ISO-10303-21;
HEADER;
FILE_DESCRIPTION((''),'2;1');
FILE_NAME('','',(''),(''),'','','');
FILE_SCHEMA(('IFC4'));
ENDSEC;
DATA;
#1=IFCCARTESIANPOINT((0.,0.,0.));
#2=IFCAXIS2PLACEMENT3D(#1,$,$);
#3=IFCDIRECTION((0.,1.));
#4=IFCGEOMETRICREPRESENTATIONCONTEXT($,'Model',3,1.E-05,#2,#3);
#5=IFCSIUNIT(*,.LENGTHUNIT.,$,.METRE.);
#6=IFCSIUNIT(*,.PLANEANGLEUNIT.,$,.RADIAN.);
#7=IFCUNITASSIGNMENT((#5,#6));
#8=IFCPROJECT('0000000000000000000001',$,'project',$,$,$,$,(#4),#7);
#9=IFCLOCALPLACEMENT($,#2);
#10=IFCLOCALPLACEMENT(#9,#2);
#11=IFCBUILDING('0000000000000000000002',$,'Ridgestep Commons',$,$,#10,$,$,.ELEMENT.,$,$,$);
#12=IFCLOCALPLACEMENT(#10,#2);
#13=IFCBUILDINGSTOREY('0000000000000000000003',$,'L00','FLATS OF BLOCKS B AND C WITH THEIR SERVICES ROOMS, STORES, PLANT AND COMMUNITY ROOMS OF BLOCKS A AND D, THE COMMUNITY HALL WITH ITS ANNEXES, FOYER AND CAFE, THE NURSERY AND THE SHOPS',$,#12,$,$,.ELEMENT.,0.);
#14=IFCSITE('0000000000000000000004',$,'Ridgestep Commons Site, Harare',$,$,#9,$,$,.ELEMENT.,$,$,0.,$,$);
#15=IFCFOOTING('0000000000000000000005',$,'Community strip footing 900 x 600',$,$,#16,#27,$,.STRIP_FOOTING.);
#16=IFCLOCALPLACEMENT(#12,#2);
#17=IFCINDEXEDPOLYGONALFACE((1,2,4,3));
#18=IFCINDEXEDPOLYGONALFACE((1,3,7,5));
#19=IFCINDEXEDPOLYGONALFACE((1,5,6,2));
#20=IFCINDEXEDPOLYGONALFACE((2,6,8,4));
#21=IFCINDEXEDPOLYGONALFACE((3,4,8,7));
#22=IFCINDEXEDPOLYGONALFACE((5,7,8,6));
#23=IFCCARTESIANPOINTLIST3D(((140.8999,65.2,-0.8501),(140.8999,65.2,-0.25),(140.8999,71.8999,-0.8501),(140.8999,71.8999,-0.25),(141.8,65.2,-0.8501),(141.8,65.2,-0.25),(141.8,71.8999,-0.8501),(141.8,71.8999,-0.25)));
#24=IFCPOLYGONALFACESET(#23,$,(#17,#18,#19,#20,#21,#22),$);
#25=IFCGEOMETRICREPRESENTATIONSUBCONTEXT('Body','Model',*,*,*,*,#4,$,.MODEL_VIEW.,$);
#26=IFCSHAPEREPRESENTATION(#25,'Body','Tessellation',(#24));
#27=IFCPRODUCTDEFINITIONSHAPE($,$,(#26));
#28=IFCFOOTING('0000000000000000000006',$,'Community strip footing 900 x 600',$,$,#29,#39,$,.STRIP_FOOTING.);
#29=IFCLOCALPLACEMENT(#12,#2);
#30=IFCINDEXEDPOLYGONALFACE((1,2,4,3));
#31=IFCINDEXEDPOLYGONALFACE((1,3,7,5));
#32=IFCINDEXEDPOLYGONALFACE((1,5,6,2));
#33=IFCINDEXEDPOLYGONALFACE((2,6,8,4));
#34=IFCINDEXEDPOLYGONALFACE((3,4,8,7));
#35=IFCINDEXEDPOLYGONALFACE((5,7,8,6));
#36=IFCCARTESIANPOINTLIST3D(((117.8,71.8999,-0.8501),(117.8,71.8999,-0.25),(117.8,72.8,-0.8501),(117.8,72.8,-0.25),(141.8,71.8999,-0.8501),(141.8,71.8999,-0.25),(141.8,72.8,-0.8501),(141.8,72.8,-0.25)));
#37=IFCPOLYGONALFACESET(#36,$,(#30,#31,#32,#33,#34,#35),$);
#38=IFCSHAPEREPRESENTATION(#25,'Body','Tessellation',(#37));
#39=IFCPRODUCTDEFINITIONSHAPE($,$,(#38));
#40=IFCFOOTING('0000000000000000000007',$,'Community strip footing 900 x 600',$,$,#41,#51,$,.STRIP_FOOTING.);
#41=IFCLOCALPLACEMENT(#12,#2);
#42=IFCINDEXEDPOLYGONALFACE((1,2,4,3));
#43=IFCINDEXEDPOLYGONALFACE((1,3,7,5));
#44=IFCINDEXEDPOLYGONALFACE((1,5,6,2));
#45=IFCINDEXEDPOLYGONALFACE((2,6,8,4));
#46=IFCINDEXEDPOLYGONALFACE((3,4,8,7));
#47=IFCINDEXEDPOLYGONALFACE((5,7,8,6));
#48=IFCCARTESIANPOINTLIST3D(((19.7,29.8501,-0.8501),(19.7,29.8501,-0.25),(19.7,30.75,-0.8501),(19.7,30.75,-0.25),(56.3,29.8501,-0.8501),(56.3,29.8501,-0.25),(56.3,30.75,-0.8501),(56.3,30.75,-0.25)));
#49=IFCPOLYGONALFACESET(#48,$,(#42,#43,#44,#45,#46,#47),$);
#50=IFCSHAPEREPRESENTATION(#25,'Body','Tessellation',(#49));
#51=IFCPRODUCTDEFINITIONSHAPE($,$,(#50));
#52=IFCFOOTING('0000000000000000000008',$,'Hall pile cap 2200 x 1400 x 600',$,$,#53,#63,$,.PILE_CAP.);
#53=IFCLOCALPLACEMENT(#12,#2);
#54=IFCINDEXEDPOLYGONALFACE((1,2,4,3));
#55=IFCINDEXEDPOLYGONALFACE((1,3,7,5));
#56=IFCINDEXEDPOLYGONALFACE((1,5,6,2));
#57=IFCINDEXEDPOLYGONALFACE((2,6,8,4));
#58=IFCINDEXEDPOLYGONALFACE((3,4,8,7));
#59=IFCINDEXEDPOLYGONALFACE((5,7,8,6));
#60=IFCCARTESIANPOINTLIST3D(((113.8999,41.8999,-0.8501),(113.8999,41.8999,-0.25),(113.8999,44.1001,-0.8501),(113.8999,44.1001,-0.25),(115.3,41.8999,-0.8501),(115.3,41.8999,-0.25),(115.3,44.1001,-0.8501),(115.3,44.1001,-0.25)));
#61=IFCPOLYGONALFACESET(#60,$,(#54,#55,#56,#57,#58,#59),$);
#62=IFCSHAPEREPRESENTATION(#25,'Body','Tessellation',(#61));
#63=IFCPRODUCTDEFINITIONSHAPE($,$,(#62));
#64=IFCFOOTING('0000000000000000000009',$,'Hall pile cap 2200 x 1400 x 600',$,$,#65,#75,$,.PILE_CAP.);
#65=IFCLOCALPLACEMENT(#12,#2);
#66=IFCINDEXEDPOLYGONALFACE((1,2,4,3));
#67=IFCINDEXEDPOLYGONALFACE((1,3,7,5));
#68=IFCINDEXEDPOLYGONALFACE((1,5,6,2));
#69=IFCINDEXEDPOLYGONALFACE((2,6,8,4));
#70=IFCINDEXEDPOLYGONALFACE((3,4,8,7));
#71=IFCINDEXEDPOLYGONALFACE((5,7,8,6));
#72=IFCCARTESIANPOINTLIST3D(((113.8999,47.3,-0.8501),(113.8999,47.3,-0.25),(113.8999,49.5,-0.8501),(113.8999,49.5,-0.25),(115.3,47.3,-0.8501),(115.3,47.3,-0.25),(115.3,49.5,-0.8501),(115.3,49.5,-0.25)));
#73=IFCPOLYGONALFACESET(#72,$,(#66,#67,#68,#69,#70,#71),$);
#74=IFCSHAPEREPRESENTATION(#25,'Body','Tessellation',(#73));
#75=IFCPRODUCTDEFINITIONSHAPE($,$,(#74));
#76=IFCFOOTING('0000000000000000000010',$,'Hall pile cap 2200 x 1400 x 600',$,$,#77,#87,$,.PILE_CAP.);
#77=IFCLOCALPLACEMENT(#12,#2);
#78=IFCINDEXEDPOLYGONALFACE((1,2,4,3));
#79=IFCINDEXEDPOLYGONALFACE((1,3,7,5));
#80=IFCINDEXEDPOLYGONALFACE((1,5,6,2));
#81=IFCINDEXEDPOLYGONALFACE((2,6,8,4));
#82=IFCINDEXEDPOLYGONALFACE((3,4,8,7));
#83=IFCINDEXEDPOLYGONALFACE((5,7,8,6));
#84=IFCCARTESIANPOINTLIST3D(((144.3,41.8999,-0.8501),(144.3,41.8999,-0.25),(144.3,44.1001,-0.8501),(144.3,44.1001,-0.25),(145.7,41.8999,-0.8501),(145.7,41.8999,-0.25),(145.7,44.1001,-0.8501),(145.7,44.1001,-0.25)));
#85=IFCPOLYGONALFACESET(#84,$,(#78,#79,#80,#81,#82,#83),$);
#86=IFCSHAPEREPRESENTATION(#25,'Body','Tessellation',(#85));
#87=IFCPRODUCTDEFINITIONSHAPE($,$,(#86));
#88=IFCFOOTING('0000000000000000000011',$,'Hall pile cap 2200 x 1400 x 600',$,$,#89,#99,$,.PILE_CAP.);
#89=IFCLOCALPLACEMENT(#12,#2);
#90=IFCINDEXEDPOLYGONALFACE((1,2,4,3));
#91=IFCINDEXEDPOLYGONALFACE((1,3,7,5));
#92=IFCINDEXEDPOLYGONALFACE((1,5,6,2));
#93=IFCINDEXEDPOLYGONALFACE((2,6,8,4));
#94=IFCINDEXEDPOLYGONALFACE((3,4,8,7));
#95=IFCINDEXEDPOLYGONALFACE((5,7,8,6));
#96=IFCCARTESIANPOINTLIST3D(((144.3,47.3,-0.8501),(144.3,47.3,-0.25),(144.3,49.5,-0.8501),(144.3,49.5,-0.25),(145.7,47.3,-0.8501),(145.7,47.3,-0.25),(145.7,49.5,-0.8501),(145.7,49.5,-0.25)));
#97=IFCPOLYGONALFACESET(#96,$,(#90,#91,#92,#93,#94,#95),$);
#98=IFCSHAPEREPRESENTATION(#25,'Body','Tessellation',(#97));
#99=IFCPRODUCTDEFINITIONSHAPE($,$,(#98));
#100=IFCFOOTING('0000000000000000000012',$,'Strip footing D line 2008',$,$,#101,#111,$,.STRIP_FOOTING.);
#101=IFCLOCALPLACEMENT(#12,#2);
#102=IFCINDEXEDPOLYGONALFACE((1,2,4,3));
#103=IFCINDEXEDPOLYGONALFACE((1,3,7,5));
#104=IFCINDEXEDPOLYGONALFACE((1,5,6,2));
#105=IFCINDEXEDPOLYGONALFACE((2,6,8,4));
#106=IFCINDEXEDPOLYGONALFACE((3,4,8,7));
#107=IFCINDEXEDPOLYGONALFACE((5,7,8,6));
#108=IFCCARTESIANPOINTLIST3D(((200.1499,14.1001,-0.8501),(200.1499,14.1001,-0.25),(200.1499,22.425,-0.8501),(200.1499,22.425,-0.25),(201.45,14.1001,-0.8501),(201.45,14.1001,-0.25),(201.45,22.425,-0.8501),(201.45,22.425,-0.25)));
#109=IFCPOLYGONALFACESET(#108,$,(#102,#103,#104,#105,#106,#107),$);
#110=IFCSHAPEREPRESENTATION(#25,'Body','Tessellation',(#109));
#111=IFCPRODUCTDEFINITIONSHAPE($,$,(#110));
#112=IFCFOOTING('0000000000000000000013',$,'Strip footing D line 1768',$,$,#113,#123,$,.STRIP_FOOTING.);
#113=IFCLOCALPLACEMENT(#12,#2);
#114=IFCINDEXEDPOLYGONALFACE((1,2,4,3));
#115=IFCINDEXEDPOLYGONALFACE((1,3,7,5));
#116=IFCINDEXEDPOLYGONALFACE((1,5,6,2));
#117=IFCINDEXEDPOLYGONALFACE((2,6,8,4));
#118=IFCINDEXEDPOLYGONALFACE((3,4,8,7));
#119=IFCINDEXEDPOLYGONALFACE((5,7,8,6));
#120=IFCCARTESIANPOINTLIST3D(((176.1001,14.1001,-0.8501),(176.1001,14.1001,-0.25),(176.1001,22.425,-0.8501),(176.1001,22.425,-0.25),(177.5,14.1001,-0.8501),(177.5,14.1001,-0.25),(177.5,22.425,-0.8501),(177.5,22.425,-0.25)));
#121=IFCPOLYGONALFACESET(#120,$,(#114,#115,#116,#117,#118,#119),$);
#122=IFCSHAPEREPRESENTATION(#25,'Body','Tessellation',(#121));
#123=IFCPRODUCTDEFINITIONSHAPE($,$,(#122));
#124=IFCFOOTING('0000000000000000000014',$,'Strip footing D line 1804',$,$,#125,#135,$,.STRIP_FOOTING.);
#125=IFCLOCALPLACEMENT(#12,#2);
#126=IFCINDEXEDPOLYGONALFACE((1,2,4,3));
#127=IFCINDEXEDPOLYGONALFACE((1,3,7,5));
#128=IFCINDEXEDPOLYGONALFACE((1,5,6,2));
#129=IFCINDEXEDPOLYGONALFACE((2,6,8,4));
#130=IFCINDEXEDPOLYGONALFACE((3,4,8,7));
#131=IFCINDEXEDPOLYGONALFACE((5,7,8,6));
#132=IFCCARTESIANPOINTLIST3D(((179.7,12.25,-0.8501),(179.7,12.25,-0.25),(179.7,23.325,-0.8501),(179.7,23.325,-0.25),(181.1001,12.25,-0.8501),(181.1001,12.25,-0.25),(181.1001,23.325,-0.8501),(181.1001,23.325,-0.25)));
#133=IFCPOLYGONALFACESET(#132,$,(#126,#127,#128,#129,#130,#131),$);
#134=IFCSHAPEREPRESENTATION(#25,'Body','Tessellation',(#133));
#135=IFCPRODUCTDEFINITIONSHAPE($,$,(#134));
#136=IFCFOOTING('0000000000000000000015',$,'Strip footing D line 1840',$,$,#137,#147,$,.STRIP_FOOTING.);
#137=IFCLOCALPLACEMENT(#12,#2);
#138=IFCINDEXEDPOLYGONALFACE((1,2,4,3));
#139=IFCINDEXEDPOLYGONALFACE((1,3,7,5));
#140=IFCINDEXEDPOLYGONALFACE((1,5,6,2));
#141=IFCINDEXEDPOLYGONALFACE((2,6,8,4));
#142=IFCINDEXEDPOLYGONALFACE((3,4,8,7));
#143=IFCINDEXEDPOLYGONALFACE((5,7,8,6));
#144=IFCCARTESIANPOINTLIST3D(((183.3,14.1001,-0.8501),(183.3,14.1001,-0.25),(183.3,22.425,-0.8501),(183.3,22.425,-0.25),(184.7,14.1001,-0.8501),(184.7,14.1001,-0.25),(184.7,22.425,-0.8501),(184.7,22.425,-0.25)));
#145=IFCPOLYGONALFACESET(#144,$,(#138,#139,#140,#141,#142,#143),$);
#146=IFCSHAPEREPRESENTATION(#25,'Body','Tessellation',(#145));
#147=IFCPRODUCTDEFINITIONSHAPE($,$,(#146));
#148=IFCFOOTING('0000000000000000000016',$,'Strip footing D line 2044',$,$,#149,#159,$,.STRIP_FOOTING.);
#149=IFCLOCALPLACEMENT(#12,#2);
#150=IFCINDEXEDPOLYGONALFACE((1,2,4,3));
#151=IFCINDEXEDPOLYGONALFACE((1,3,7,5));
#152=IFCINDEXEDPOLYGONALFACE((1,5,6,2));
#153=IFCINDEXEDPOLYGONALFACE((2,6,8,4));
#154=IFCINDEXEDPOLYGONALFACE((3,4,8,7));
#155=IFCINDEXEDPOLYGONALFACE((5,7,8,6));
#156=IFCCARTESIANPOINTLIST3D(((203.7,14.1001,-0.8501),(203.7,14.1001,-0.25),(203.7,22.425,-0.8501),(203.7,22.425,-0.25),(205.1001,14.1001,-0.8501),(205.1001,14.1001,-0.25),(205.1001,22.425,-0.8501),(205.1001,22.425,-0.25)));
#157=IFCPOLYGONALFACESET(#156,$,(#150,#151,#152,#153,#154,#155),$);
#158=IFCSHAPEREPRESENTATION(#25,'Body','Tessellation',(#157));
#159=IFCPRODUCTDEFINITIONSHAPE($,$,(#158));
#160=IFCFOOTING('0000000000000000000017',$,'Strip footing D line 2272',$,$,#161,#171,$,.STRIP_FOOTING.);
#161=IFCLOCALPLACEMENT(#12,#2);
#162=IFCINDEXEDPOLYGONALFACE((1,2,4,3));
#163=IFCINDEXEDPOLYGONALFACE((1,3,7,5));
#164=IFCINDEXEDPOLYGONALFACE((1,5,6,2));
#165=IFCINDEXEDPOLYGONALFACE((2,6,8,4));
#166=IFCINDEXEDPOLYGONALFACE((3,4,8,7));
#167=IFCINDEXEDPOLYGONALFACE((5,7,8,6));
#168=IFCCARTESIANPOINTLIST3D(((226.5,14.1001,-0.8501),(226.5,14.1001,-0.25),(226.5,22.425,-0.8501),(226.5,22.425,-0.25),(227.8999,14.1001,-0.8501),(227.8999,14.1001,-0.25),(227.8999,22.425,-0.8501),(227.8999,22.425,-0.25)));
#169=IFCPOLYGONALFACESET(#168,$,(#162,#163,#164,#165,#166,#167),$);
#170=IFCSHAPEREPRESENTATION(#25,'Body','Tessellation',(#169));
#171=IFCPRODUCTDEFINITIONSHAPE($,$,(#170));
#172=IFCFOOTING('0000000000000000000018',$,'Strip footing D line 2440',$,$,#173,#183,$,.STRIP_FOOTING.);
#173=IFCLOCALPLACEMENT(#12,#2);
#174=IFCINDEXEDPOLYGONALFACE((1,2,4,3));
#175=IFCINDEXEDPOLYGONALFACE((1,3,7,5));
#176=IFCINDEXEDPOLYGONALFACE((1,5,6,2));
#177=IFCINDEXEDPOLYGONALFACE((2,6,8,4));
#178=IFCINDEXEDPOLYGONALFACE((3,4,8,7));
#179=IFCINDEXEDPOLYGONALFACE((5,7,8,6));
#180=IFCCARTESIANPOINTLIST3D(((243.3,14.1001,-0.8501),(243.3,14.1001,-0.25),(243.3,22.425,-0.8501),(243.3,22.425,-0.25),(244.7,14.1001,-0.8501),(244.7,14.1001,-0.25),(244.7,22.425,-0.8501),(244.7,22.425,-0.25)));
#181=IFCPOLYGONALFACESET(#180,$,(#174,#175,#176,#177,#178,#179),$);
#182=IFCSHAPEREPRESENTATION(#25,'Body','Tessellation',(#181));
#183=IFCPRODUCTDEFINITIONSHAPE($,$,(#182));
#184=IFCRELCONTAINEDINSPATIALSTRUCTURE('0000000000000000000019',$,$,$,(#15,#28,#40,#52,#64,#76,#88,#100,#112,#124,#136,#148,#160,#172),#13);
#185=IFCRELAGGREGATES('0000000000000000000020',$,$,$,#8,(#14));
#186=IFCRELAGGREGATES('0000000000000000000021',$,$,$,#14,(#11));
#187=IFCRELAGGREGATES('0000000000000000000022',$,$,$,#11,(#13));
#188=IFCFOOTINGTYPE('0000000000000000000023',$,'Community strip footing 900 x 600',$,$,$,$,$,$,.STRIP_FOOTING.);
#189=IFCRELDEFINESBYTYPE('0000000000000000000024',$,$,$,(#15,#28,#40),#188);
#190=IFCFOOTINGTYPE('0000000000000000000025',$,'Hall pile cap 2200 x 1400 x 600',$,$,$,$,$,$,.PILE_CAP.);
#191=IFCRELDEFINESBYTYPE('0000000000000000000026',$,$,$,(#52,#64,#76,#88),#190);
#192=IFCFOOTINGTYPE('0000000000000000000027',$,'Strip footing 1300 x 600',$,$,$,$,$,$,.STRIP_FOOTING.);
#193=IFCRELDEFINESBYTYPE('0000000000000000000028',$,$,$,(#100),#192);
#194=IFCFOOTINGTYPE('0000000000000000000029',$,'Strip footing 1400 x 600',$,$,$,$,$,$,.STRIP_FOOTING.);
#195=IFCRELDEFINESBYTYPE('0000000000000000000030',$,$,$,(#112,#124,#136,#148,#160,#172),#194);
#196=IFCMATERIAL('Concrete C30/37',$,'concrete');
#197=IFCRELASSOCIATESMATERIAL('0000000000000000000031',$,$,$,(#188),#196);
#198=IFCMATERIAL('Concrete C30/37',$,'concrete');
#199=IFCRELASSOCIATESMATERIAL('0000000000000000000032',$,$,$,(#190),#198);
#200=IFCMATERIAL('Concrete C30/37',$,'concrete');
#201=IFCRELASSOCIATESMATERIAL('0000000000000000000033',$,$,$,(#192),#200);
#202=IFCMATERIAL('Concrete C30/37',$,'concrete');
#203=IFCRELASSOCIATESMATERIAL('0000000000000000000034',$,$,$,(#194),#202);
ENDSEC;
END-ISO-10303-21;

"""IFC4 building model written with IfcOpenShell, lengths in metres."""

from ifc_helpers import new_model, si_unit, direction, frame, origin, place, context, subcontext, project, spatial, polyline, outline, extrude, material, type_object, element, save


model = new_model("IFC4")

# Units and contexts
model_context = context("Model", 3, precision=1e-05, world=origin(), true_north=direction((0.0, 1.0)))
body_context = subcontext(model_context, "Body", "Model", "MODEL_VIEW")
ifc_project = project(units=[si_unit("LENGTHUNIT", "METRE"), si_unit("PLANEANGLEUNIT", "RADIAN")], contexts=[model_context])

# Site, building, storey
site_placement = place(None, origin())
site = spatial("IfcSite", under=ifc_project, at=site_placement, Name="Ridgestep Commons Site, Harare", CompositionType="ELEMENT", RefElevation=0.0)
building_placement = place(site_placement, origin())
building = spatial("IfcBuilding", under=site, at=building_placement, Name="Ridgestep Commons", CompositionType="ELEMENT")
storey_placement = place(building_placement, origin())
storey = spatial("IfcBuildingStorey", under=building, at=storey_placement, Name="L00", Description="FLATS OF BLOCKS B AND C WITH THEIR SERVICES ROOMS, STORES, PLANT AND COMMUNITY ROOMS OF BLOCKS A AND D, THE COMMUNITY HALL WITH ITS ANNEXES, FOYER AND CAFE, THE NURSERY AND THE SHOPS", CompositionType="ELEMENT", Elevation=0.0)

# Footings
ifc_material_1 = material(Name="Concrete C30/37", Category="concrete")
footing_type_1 = type_object("IfcFootingType", Name="Community strip footing 900 x 600", PredefinedType="STRIP_FOOTING", material=ifc_material_1)
footing_1_placement = place(storey_placement, frame((0.0, 0.0, -0.8501)))
element("IfcFooting", 1, at=footing_1_placement, inside=storey, type_object=footing_type_1, Name="Community strip footing 900 x 600", PredefinedType="STRIP_FOOTING", context=body_context, shape_type="SweptSolid", body=[
    extrude(outline(polyline([(140.8999, 65.2), (141.8, 65.2), (141.8, 71.8999), (140.8999, 71.8999), (140.8999, 65.2)])), origin(), (0.0, 0.0, 1.0), 0.6001),
])
footing_2_placement = place(storey_placement, frame((0.0, 0.0, -0.8501)))
element("IfcFooting", 2, at=footing_2_placement, inside=storey, type_object=footing_type_1, Name="Community strip footing 900 x 600", PredefinedType="STRIP_FOOTING", context=body_context, shape_type="SweptSolid", body=[
    extrude(outline(polyline([(117.8, 71.8999), (141.8, 71.8999), (141.8, 72.8), (117.8, 72.8), (117.8, 71.8999)])), origin(), (0.0, 0.0, 1.0), 0.6001),
])
footing_3_placement = place(storey_placement, frame((0.0, 0.0, -0.8501)))
element("IfcFooting", 3, at=footing_3_placement, inside=storey, type_object=footing_type_1, Name="Community strip footing 900 x 600", PredefinedType="STRIP_FOOTING", context=body_context, shape_type="SweptSolid", body=[
    extrude(outline(polyline([(19.7, 29.8501), (56.3, 29.8501), (56.3, 30.75), (19.7, 30.75), (19.7, 29.8501)])), origin(), (0.0, 0.0, 1.0), 0.6001),
])
ifc_material_2 = material(Name="Concrete C30/37", Category="concrete")
footing_type_2 = type_object("IfcFootingType", Name="Hall pile cap 2200 x 1400 x 600", PredefinedType="PILE_CAP", material=ifc_material_2)
footing_4_placement = place(storey_placement, frame((0.0, 0.0, -0.8501)))
element("IfcFooting", 4, at=footing_4_placement, inside=storey, type_object=footing_type_2, Name="Hall pile cap 2200 x 1400 x 600", PredefinedType="PILE_CAP", context=body_context, shape_type="SweptSolid", body=[
    extrude(outline(polyline([(113.8999, 41.8999), (115.3, 41.8999), (115.3, 44.1001), (113.8999, 44.1001), (113.8999, 41.8999)])), origin(), (0.0, 0.0, 1.0), 0.6001),
])
footing_5_placement = place(storey_placement, frame((0.0, 0.0, -0.8501)))
element("IfcFooting", 5, at=footing_5_placement, inside=storey, type_object=footing_type_2, Name="Hall pile cap 2200 x 1400 x 600", PredefinedType="PILE_CAP", context=body_context, shape_type="SweptSolid", body=[
    extrude(outline(polyline([(113.8999, 47.3), (115.3, 47.3), (115.3, 49.5), (113.8999, 49.5), (113.8999, 47.3)])), origin(), (0.0, 0.0, 1.0), 0.6001),
])
footing_6_placement = place(storey_placement, frame((0.0, 0.0, -0.8501)))
element("IfcFooting", 6, at=footing_6_placement, inside=storey, type_object=footing_type_2, Name="Hall pile cap 2200 x 1400 x 600", PredefinedType="PILE_CAP", context=body_context, shape_type="SweptSolid", body=[
    extrude(outline(polyline([(144.3, 41.8999), (145.7, 41.8999), (145.7, 44.1001), (144.3, 44.1001), (144.3, 41.8999)])), origin(), (0.0, 0.0, 1.0), 0.6001),
])
footing_7_placement = place(storey_placement, frame((0.0, 0.0, -0.8501)))
element("IfcFooting", 7, at=footing_7_placement, inside=storey, type_object=footing_type_2, Name="Hall pile cap 2200 x 1400 x 600", PredefinedType="PILE_CAP", context=body_context, shape_type="SweptSolid", body=[
    extrude(outline(polyline([(144.3, 47.3), (145.7, 47.3), (145.7, 49.5), (144.3, 49.5), (144.3, 47.3)])), origin(), (0.0, 0.0, 1.0), 0.6001),
])
ifc_material_3 = material(Name="Concrete C30/37", Category="concrete")
footing_type_3 = type_object("IfcFootingType", Name="Strip footing 1300 x 600", PredefinedType="STRIP_FOOTING", material=ifc_material_3)
footing_8_placement = place(storey_placement, frame((0.0, 0.0, -0.8501)))
element("IfcFooting", 8, at=footing_8_placement, inside=storey, type_object=footing_type_3, Name="Strip footing D line 2008", PredefinedType="STRIP_FOOTING", context=body_context, shape_type="SweptSolid", body=[
    extrude(outline(polyline([(201.45, 14.1001), (201.45, 22.425), (200.1499, 22.425), (200.1499, 14.1001), (201.45, 14.1001)])), origin(), (0.0, 0.0, 1.0), 0.6001),
])
ifc_material_4 = material(Name="Concrete C30/37", Category="concrete")
footing_type_4 = type_object("IfcFootingType", Name="Strip footing 1400 x 600", PredefinedType="STRIP_FOOTING", material=ifc_material_4)
footing_9_placement = place(storey_placement, frame((0.0, 0.0, -0.8501)))
element("IfcFooting", 9, at=footing_9_placement, inside=storey, type_object=footing_type_4, Name="Strip footing D line 1768", PredefinedType="STRIP_FOOTING", context=body_context, shape_type="SweptSolid", body=[
    extrude(outline(polyline([(177.5, 14.1001), (177.5, 22.425), (176.1001, 22.425), (176.1001, 14.1001), (177.5, 14.1001)])), origin(), (0.0, 0.0, 1.0), 0.6001),
])
footing_10_placement = place(storey_placement, frame((0.0, 0.0, -0.8501)))
element("IfcFooting", 10, at=footing_10_placement, inside=storey, type_object=footing_type_4, Name="Strip footing D line 1804", PredefinedType="STRIP_FOOTING", context=body_context, shape_type="SweptSolid", body=[
    extrude(outline(polyline([(181.1001, 12.25), (181.1001, 23.325), (179.7, 23.325), (179.7, 12.25), (181.1001, 12.25)])), origin(), (0.0, 0.0, 1.0), 0.6001),
])
footing_11_placement = place(storey_placement, frame((0.0, 0.0, -0.8501)))
element("IfcFooting", 11, at=footing_11_placement, inside=storey, type_object=footing_type_4, Name="Strip footing D line 1840", PredefinedType="STRIP_FOOTING", context=body_context, shape_type="SweptSolid", body=[
    extrude(outline(polyline([(184.7, 14.1001), (184.7, 22.425), (183.3, 22.425), (183.3, 14.1001), (184.7, 14.1001)])), origin(), (0.0, 0.0, 1.0), 0.6001),
])
footing_12_placement = place(storey_placement, frame((0.0, 0.0, -0.8501)))
element("IfcFooting", 12, at=footing_12_placement, inside=storey, type_object=footing_type_4, Name="Strip footing D line 2044", PredefinedType="STRIP_FOOTING", context=body_context, shape_type="SweptSolid", body=[
    extrude(outline(polyline([(205.1001, 14.1001), (205.1001, 22.425), (203.7, 22.425), (203.7, 14.1001), (205.1001, 14.1001)])), origin(), (0.0, 0.0, 1.0), 0.6001),
])
footing_13_placement = place(storey_placement, frame((0.0, 0.0, -0.8501)))
element("IfcFooting", 13, at=footing_13_placement, inside=storey, type_object=footing_type_4, Name="Strip footing D line 2272", PredefinedType="STRIP_FOOTING", context=body_context, shape_type="SweptSolid", body=[
    extrude(outline(polyline([(227.8999, 14.1001), (227.8999, 22.425), (226.5, 22.425), (226.5, 14.1001), (227.8999, 14.1001)])), origin(), (0.0, 0.0, 1.0), 0.6001),
])
footing_14_placement = place(storey_placement, frame((0.0, 0.0, -0.8501)))
element("IfcFooting", 14, at=footing_14_placement, inside=storey, type_object=footing_type_4, Name="Strip footing D line 2440", PredefinedType="STRIP_FOOTING", context=body_context, shape_type="SweptSolid", body=[
    extrude(outline(polyline([(244.7, 14.1001), (244.7, 22.425), (243.3, 22.425), (243.3, 14.1001), (244.7, 14.1001)])), origin(), (0.0, 0.0, 1.0), 0.6001),
])

save(model, "model.ifc")
